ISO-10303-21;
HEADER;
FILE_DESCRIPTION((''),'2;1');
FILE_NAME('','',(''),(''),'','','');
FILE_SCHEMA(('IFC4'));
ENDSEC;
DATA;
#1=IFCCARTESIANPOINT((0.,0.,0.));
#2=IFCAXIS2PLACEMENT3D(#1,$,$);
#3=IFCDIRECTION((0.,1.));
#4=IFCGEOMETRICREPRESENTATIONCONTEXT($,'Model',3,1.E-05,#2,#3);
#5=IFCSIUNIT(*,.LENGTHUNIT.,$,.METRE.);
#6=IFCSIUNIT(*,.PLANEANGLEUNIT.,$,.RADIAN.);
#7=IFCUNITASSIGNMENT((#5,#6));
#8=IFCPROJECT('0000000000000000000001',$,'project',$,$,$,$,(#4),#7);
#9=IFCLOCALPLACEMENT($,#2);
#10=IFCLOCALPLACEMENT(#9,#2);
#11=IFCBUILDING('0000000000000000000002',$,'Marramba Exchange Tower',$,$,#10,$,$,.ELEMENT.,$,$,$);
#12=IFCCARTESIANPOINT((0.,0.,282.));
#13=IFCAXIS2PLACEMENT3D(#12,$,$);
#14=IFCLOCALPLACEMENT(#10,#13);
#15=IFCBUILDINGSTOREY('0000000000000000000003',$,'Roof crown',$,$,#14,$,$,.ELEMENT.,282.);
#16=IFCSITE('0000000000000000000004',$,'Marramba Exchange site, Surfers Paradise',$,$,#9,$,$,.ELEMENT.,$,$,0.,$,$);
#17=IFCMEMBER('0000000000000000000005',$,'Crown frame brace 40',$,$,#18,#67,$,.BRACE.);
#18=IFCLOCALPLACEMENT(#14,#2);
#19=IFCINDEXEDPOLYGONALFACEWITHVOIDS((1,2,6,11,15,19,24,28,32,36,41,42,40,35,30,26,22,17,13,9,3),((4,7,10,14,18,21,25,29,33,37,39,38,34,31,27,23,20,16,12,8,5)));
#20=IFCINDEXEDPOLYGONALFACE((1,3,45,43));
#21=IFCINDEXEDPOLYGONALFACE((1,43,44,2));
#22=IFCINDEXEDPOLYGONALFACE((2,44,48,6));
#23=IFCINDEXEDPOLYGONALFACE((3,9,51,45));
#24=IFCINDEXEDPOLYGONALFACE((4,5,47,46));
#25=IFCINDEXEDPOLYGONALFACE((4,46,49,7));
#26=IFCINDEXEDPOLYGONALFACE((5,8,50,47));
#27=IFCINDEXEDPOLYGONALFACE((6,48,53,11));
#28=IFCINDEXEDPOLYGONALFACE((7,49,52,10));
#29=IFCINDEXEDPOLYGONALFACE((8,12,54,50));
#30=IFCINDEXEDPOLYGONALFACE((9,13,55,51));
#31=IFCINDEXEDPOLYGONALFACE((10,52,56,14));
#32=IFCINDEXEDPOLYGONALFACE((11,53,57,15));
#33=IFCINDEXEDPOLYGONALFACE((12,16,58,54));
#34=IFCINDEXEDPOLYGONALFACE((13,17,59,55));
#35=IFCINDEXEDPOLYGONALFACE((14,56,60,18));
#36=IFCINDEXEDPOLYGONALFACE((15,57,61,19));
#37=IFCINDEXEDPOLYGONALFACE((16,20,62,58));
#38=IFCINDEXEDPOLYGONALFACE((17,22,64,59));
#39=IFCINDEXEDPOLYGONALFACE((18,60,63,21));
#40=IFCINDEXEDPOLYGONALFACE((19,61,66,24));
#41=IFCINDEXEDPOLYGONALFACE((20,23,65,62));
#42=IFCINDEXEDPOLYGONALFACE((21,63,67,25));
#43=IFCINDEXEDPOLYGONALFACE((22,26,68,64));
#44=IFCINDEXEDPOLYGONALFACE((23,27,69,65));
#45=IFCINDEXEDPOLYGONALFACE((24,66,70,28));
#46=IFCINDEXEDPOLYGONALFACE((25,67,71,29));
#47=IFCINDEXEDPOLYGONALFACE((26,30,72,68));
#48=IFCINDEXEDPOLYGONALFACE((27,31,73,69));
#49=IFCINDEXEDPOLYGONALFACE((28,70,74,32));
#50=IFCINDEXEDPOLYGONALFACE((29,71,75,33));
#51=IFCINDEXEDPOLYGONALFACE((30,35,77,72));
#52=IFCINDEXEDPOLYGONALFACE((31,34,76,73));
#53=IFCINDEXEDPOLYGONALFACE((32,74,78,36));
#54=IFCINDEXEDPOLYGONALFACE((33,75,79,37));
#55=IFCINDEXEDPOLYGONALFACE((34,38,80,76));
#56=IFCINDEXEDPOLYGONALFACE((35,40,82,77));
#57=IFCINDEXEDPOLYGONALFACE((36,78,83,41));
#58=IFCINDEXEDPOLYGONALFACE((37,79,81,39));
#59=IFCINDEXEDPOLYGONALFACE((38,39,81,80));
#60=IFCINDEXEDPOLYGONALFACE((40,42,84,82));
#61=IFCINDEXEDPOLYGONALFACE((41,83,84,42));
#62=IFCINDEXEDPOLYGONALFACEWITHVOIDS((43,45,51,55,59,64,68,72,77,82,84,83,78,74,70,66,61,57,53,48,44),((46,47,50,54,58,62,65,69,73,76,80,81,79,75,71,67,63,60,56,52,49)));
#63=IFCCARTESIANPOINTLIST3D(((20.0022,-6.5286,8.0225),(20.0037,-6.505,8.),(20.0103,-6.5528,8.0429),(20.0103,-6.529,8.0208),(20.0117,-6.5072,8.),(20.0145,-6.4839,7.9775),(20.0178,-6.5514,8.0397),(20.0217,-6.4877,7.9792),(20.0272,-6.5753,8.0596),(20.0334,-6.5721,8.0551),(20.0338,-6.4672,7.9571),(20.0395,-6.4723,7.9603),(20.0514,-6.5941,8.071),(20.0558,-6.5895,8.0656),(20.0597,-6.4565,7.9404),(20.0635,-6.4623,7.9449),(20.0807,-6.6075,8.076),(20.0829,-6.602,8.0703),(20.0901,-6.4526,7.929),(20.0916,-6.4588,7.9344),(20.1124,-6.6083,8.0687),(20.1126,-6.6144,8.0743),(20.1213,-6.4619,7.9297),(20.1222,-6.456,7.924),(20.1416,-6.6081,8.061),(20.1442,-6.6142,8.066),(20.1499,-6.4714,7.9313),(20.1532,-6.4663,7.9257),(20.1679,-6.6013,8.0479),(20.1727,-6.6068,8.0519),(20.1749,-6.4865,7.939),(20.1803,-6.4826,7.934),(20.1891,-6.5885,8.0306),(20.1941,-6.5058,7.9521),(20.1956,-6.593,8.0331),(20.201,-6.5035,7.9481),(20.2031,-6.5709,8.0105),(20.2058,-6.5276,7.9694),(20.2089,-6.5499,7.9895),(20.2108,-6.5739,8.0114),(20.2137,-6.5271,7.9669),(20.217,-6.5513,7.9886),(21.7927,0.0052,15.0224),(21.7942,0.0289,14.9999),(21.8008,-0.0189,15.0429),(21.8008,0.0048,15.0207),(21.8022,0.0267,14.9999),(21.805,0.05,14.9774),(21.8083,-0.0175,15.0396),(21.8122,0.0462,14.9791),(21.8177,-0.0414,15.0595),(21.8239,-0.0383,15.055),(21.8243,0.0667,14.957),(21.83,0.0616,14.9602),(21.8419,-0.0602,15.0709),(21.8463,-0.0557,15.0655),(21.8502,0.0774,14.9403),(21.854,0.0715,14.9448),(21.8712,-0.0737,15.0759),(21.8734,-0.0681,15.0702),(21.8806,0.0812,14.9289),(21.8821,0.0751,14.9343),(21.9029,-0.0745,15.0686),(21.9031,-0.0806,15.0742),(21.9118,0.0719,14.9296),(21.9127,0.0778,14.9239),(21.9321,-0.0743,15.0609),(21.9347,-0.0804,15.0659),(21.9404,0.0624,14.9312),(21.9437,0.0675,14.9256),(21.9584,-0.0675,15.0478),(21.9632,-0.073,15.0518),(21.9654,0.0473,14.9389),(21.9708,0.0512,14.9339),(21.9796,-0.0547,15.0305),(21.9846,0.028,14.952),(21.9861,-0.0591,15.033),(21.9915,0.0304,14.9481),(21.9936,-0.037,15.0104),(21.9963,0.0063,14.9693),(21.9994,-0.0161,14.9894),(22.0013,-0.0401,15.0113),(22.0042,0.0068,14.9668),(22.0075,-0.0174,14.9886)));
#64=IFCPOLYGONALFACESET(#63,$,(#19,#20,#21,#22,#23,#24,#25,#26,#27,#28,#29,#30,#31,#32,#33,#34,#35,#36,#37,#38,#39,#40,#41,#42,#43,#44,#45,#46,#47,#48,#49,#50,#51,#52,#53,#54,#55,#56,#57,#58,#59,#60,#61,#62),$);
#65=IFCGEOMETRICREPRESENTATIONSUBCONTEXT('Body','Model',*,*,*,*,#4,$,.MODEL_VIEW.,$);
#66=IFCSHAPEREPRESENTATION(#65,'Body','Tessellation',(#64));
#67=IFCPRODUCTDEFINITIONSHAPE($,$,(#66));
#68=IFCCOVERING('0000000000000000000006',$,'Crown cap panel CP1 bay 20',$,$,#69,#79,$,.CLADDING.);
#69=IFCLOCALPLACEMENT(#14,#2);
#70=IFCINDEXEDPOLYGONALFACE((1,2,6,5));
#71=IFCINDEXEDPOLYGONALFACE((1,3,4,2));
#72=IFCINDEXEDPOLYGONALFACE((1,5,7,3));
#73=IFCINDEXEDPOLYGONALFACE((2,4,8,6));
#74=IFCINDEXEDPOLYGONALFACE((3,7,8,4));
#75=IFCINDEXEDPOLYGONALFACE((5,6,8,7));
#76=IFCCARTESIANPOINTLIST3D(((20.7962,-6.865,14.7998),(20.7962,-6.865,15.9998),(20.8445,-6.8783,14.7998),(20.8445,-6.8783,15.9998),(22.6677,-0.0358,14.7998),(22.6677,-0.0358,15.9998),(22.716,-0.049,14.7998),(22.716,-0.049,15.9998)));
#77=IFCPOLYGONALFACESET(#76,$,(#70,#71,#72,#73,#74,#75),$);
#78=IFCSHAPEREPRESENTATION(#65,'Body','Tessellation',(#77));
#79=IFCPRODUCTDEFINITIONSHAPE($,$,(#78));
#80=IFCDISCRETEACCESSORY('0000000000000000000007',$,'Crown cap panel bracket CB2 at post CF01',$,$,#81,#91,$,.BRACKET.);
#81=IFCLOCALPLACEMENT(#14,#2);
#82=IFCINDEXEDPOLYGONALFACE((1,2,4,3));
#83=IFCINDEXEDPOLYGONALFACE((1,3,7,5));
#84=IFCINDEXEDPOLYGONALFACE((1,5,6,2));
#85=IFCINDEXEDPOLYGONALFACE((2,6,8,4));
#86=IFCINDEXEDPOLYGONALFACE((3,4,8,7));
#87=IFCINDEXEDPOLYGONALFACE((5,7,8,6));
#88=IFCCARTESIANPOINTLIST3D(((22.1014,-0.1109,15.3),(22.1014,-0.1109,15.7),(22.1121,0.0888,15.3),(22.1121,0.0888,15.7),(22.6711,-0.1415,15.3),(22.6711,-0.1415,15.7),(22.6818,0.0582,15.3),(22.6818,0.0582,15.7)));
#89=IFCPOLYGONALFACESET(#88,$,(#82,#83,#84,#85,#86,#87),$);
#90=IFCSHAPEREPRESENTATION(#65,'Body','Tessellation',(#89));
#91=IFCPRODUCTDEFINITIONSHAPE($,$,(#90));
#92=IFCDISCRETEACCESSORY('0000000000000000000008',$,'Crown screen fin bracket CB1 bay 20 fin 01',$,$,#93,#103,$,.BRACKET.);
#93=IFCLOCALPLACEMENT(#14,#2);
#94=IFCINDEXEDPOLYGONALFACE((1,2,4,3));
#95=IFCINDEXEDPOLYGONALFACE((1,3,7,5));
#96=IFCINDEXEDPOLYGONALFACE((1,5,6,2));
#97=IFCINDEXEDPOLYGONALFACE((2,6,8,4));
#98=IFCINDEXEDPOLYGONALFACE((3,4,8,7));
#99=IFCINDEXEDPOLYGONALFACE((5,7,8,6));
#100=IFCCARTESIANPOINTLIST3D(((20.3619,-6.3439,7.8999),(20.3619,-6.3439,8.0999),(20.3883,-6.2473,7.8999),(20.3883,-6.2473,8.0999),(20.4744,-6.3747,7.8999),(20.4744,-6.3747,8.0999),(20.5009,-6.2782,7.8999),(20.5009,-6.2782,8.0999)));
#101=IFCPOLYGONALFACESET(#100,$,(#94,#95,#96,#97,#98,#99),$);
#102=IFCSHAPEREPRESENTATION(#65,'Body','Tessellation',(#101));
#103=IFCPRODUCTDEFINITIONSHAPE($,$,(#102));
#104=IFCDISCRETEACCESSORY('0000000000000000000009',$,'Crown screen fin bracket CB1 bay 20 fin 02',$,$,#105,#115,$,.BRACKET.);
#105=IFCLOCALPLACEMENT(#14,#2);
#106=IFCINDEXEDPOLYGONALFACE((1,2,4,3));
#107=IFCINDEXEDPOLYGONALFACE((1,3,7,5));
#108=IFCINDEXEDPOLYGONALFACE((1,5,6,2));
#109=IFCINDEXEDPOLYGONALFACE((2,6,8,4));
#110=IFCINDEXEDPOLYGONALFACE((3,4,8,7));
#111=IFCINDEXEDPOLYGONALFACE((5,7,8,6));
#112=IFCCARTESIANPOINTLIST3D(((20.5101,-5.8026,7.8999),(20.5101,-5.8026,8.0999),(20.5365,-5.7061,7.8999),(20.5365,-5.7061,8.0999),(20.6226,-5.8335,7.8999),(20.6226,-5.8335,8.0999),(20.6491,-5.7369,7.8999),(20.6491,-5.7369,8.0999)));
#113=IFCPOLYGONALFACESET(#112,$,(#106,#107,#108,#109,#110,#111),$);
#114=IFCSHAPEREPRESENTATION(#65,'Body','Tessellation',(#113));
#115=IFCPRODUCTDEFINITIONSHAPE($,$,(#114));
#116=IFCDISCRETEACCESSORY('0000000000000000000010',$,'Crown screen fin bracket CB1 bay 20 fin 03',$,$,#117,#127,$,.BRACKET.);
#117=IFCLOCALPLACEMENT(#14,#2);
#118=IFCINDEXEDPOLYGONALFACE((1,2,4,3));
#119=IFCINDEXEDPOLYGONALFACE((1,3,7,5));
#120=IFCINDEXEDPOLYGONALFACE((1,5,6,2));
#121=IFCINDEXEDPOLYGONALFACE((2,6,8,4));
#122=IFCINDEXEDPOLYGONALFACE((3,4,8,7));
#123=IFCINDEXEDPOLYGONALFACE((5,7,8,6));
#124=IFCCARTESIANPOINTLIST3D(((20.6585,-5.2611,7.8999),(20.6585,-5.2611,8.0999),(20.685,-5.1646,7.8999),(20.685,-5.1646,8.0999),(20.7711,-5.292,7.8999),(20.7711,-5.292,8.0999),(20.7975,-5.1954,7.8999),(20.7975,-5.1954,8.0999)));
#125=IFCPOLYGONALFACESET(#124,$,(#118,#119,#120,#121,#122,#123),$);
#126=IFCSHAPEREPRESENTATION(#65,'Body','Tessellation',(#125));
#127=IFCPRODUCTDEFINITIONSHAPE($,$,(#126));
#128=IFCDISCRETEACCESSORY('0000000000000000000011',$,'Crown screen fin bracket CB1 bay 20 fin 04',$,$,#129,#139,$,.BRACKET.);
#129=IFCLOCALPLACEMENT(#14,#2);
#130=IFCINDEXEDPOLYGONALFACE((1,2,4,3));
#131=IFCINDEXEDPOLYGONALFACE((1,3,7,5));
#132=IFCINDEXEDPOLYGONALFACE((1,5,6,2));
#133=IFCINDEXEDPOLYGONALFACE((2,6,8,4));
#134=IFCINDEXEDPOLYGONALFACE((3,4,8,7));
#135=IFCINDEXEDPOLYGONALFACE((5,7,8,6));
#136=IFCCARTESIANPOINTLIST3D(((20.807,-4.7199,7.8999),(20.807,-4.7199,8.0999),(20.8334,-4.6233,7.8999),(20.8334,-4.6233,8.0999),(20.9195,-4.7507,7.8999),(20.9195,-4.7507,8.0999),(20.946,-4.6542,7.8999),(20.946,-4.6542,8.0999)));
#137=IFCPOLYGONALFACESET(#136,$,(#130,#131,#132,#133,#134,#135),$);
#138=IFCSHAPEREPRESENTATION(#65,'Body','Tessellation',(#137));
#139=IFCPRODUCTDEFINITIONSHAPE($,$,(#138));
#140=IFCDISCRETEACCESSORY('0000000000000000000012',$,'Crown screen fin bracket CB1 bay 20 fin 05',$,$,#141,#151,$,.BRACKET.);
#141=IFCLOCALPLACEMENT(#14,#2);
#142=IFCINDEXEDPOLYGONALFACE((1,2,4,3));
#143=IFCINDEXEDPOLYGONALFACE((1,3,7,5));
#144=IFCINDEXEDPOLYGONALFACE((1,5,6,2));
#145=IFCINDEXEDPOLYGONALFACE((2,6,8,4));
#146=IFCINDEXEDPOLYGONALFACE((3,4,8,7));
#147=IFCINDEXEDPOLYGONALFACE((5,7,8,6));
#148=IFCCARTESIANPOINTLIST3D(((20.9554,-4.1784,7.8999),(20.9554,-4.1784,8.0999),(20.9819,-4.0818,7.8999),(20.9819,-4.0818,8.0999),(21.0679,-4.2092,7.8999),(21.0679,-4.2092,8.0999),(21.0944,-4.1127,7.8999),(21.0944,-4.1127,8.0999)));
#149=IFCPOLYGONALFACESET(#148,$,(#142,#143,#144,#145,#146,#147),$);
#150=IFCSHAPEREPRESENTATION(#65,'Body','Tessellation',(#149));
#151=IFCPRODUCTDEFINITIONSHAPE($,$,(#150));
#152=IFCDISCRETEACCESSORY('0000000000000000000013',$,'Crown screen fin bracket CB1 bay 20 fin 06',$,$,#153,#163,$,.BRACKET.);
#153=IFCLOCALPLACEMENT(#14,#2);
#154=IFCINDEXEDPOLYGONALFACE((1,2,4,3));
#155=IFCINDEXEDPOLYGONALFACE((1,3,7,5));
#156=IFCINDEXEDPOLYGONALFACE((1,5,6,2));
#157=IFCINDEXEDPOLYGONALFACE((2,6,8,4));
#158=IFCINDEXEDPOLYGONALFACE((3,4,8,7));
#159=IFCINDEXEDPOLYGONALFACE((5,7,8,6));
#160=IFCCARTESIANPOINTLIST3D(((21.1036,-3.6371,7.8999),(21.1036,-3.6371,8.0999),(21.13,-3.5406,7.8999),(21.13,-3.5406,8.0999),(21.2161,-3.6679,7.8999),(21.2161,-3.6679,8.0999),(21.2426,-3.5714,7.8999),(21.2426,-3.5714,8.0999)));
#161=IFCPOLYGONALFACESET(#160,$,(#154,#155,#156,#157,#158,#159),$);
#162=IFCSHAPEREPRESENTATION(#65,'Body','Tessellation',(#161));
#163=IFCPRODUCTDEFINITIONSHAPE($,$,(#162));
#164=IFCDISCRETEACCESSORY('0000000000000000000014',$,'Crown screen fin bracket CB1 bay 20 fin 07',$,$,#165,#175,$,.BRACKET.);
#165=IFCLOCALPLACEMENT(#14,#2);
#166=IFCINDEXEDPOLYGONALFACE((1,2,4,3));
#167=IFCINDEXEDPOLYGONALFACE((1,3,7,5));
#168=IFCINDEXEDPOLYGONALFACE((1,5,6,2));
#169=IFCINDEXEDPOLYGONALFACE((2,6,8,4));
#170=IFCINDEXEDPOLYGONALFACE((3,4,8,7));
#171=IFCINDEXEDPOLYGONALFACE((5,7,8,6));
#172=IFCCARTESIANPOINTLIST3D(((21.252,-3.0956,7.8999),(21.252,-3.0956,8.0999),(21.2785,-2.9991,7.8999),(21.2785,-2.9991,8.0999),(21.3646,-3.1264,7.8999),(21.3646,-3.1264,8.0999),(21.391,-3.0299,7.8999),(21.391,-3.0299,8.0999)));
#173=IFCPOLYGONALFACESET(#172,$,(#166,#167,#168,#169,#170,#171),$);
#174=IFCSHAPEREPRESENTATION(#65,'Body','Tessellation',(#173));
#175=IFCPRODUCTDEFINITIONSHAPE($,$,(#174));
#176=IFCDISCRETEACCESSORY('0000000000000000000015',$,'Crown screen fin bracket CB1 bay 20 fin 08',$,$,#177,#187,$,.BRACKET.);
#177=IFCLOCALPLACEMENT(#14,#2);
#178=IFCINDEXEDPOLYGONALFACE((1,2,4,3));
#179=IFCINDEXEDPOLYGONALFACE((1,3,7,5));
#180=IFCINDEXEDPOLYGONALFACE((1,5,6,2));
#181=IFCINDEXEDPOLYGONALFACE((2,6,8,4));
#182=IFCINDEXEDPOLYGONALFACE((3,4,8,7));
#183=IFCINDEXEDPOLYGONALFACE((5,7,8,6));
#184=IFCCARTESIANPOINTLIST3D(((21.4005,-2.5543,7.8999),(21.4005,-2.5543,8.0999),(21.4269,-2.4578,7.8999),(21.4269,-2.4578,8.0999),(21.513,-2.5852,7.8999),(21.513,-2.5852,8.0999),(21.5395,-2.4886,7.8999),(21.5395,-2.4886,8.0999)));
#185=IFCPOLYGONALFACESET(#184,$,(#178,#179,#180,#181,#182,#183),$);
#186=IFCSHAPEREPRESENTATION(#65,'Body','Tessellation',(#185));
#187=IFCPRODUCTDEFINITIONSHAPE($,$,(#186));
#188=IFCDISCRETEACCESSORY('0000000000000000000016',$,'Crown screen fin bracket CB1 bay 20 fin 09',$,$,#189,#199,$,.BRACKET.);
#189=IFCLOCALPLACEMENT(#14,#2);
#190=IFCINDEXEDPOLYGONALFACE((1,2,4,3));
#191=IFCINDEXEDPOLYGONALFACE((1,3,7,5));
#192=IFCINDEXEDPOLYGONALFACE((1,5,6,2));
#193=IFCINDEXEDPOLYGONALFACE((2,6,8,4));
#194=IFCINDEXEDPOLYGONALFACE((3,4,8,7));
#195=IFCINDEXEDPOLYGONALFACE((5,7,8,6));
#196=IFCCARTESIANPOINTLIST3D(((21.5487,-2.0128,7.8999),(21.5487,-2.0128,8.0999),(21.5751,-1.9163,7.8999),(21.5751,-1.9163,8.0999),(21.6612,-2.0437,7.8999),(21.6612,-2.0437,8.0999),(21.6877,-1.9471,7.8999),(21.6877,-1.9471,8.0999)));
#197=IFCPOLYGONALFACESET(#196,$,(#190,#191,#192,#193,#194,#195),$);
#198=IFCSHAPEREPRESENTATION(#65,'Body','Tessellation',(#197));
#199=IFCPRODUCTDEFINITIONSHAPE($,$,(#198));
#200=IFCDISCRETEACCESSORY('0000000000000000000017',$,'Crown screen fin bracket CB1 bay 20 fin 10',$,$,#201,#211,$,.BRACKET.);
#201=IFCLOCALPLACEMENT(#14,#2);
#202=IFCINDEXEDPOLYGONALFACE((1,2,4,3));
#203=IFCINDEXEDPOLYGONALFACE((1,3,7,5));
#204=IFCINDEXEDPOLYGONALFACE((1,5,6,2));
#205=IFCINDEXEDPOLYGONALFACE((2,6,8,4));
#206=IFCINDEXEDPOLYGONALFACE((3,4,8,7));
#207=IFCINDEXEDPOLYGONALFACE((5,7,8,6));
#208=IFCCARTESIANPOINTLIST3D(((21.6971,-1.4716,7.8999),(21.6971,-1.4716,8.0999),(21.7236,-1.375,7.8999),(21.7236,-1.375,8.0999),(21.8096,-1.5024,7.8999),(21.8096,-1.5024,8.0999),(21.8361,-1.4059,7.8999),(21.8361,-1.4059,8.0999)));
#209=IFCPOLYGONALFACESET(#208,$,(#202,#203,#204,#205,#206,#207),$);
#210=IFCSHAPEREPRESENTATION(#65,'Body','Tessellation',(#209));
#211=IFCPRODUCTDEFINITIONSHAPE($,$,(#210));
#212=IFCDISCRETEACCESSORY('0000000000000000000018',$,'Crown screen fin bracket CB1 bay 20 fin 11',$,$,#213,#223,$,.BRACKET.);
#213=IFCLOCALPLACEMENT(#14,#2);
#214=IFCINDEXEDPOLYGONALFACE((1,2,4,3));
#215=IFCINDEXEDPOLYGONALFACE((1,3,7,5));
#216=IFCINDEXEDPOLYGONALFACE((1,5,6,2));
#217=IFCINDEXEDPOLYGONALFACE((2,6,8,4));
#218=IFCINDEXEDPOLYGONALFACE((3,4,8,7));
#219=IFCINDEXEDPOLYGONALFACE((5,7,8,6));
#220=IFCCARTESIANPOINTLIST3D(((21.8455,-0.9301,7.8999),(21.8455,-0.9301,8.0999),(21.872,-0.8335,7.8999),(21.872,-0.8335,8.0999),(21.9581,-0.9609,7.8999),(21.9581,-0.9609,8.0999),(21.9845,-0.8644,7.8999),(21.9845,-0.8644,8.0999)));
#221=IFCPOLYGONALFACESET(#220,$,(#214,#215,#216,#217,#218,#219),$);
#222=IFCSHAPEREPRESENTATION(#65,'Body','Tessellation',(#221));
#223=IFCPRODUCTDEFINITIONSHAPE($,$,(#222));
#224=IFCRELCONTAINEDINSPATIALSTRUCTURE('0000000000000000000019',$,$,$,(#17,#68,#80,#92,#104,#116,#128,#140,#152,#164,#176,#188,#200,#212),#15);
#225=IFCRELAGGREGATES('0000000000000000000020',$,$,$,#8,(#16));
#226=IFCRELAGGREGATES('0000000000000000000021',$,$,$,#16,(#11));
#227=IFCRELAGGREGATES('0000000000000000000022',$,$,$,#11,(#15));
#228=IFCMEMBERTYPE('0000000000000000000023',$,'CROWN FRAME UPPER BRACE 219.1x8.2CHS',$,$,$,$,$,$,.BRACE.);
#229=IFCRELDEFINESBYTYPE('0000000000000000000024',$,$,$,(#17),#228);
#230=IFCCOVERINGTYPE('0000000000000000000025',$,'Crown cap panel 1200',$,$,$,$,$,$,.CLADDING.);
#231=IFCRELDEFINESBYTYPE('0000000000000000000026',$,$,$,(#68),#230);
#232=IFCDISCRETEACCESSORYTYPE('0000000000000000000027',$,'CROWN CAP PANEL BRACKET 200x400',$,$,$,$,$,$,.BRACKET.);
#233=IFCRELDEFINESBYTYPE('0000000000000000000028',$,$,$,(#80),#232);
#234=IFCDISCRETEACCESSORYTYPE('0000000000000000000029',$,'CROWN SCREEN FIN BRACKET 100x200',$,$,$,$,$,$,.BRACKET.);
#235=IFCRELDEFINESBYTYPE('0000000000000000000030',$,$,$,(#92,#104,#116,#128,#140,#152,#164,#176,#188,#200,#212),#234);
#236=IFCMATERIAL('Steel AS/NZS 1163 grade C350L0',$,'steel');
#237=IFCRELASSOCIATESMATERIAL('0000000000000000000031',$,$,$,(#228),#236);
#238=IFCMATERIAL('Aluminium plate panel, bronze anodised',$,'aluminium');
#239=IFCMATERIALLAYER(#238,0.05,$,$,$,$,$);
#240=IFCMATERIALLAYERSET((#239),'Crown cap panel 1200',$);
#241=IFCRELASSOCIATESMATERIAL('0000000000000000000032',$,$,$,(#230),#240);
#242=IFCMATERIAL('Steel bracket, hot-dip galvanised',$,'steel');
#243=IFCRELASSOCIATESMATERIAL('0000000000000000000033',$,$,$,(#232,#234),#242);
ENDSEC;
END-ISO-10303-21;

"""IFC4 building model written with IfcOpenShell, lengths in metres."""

from ifc_helpers import new_model, si_unit, direction, frame, origin, origin_2d, place, context, subcontext, project, spatial, rectangle, hollow_circle, extrude, material, layer, layer_set, material_profile, profile_set, type_object, element, save


model = new_model("IFC4")

# Units and contexts
model_context = context("Model", 3, precision=1e-05, world=origin(), true_north=direction((0.0, 1.0)))
body_context = subcontext(model_context, "Body", "Model", "MODEL_VIEW")
ifc_project = project(units=[si_unit("LENGTHUNIT", "METRE"), si_unit("PLANEANGLEUNIT", "RADIAN")], contexts=[model_context])

# Site, building, storey
site_placement = place(None, origin())
site = spatial("IfcSite", under=ifc_project, at=site_placement, Name="Marramba Exchange site, Surfers Paradise", CompositionType="ELEMENT", RefElevation=0.0)
building_placement = place(site_placement, origin())
building = spatial("IfcBuilding", under=site, at=building_placement, Name="Marramba Exchange Tower", CompositionType="ELEMENT")
storey_placement = place(building_placement, frame((0.0, 0.0, 282.0)))
storey = spatial("IfcBuildingStorey", under=building, at=storey_placement, Name="Roof crown", CompositionType="ELEMENT", Elevation=282.0)

# Shared definitions
ifc_material_1 = material(Name="Steel AS/NZS 1163 grade C350L0", Category="steel")

# Member
ifc_material_profile_1 = material_profile(ifc_material_1, hollow_circle(Radius=0.1096, WallThickness=0.0083, at=origin_2d()), Name="219.1x8.2CHS")
ifc_profile_set_1 = profile_set([ifc_material_profile_1], Name="Steel AS/NZS 1163 grade C350L0")
member_type = type_object("IfcMemberType", Name="CROWN FRAME UPPER BRACE 219.1x8.2CHS", PredefinedType="BRACE", material=ifc_profile_set_1)
member_1_placement = place(storey_placement, frame((20.1094, -6.5339, 8.0), z_axis=(0.183803, 0.670727, 0.71857), x_axis=(-0.964443, 0.264291, 0.0)))
element("IfcMember", 1, at=member_1_placement, inside=storey, type_object=member_type, Name="Crown frame brace 40", PredefinedType="BRACE", context=body_context, shape_type="SweptSolid", body=[
    extrude(hollow_circle(Radius=0.1096, WallThickness=0.0083, at=origin_2d()), origin(), (0.0, 0.0, 1.0), 9.7415),
])

# Covering
ifc_material_2 = material(Name="Aluminium plate panel, bronze anodised", Category="aluminium")
ifc_layer = layer(ifc_material_2, 0.05)
ifc_layer_set = layer_set([ifc_layer], Name="Crown cap panel 1200")
covering_type = type_object("IfcCoveringType", Name="Crown cap panel 1200", PredefinedType="CLADDING", material=ifc_layer_set)
covering_placement = place(storey_placement, frame((21.7561, -3.457, 14.7998), z_axis=(0.0, 0.0, 1.0), x_axis=(0.264304, 0.964439, 0.0)))
element("IfcCovering", 2, at=covering_placement, inside=storey, type_object=covering_type, Name="Crown cap panel CP1 bay 20", PredefinedType="CLADDING", context=body_context, shape_type="SweptSolid", body=[
    extrude(rectangle(XDim=7.0811, YDim=0.05, at=origin_2d()), origin(), (0.0, 0.0, 1.0), 1.2),
])

# Discrete accessories
ifc_material_3 = material(Name="Steel bracket, hot-dip galvanised", Category="steel")
discrete_accessory_type_1 = type_object("IfcDiscreteAccessoryType", Name="CROWN CAP PANEL BRACKET 200x400", PredefinedType="BRACKET", material=ifc_material_3)
discrete_accessory_placement = place(storey_placement, frame((22.3916, -0.0264, 15.3), z_axis=(0.0, 0.0, 1.0), x_axis=(0.998558, -0.053677, 0.0)))
element("IfcDiscreteAccessory", 3, at=discrete_accessory_placement, inside=storey, type_object=discrete_accessory_type_1, Name="Crown cap panel bracket CB2 at post CF01", PredefinedType="BRACKET", context=body_context, shape_type="SweptSolid", body=[
    extrude(rectangle(XDim=0.5706, YDim=0.2, at=origin_2d()), origin(), (0.0, 0.0, 1.0), 0.3999),
])
discrete_accessory_type_2 = type_object("IfcDiscreteAccessoryType", Name="CROWN SCREEN FIN BRACKET 100x200", PredefinedType="BRACKET", material=ifc_material_3)
for number, where, z_axis, x_axis, name in (
    (4, (20.4314, -6.311, 7.8999), (0.0, 0.0, 1.0), (0.264304, 0.964439, 0.0), "Crown screen fin bracket CB1 bay 20 fin 01"),
    (5, (20.5796, -5.7698, 7.8999), (0.0, 0.0, 1.0), (0.264304, 0.964439, 0.0), "Crown screen fin bracket CB1 bay 20 fin 02"),
    (6, (20.728, -5.2283, 7.8999), (0.0, 0.0, 1.0), (0.264304, 0.964439, 0.0), "Crown screen fin bracket CB1 bay 20 fin 03"),
    (7, (20.8765, -4.687, 7.8999), (0.0, 0.0, 1.0), (0.264304, 0.964439, 0.0), "Crown screen fin bracket CB1 bay 20 fin 04"),
    (8, (21.0249, -4.1455, 7.8999), (0.0, 0.0, 1.0), (0.264304, 0.964439, 0.0), "Crown screen fin bracket CB1 bay 20 fin 05"),
    (9, (21.1731, -3.6042, 7.8999), (0.0, 0.0, 1.0), (0.264304, 0.964439, 0.0), "Crown screen fin bracket CB1 bay 20 fin 06"),
    (10, (21.3215, -3.0627, 7.8999), (0.0, 0.0, 1.0), (0.264304, 0.964439, 0.0), "Crown screen fin bracket CB1 bay 20 fin 07"),
    (11, (21.47, -2.5215, 7.8999), (0.0, 0.0, 1.0), (0.264304, 0.964439, 0.0), "Crown screen fin bracket CB1 bay 20 fin 08"),
    (12, (21.6182, -1.98, 7.8999), (0.0, 0.0, 1.0), (0.264304, 0.964439, 0.0), "Crown screen fin bracket CB1 bay 20 fin 09"),
    (13, (21.7666, -1.4387, 7.8999), (0.0, 0.0, 1.0), (0.264304, 0.964439, 0.0), "Crown screen fin bracket CB1 bay 20 fin 10"),
    (14, (21.915, -0.8972, 7.8999), (0.0, 0.0, 1.0), (0.264304, 0.964439, 0.0), "Crown screen fin bracket CB1 bay 20 fin 11"),
):
    element("IfcDiscreteAccessory", number, at=place(storey_placement, frame(where, z_axis=z_axis, x_axis=x_axis)), inside=storey, type_object=discrete_accessory_type_2, Name=name, PredefinedType="BRACKET", context=body_context, shape_type="SweptSolid", body=[
        extrude(rectangle(XDim=0.1001, YDim=0.1167, at=origin_2d()), origin(), (0.0, 0.0, 1.0), 0.2),
    ])

save(model, "model.ifc")
